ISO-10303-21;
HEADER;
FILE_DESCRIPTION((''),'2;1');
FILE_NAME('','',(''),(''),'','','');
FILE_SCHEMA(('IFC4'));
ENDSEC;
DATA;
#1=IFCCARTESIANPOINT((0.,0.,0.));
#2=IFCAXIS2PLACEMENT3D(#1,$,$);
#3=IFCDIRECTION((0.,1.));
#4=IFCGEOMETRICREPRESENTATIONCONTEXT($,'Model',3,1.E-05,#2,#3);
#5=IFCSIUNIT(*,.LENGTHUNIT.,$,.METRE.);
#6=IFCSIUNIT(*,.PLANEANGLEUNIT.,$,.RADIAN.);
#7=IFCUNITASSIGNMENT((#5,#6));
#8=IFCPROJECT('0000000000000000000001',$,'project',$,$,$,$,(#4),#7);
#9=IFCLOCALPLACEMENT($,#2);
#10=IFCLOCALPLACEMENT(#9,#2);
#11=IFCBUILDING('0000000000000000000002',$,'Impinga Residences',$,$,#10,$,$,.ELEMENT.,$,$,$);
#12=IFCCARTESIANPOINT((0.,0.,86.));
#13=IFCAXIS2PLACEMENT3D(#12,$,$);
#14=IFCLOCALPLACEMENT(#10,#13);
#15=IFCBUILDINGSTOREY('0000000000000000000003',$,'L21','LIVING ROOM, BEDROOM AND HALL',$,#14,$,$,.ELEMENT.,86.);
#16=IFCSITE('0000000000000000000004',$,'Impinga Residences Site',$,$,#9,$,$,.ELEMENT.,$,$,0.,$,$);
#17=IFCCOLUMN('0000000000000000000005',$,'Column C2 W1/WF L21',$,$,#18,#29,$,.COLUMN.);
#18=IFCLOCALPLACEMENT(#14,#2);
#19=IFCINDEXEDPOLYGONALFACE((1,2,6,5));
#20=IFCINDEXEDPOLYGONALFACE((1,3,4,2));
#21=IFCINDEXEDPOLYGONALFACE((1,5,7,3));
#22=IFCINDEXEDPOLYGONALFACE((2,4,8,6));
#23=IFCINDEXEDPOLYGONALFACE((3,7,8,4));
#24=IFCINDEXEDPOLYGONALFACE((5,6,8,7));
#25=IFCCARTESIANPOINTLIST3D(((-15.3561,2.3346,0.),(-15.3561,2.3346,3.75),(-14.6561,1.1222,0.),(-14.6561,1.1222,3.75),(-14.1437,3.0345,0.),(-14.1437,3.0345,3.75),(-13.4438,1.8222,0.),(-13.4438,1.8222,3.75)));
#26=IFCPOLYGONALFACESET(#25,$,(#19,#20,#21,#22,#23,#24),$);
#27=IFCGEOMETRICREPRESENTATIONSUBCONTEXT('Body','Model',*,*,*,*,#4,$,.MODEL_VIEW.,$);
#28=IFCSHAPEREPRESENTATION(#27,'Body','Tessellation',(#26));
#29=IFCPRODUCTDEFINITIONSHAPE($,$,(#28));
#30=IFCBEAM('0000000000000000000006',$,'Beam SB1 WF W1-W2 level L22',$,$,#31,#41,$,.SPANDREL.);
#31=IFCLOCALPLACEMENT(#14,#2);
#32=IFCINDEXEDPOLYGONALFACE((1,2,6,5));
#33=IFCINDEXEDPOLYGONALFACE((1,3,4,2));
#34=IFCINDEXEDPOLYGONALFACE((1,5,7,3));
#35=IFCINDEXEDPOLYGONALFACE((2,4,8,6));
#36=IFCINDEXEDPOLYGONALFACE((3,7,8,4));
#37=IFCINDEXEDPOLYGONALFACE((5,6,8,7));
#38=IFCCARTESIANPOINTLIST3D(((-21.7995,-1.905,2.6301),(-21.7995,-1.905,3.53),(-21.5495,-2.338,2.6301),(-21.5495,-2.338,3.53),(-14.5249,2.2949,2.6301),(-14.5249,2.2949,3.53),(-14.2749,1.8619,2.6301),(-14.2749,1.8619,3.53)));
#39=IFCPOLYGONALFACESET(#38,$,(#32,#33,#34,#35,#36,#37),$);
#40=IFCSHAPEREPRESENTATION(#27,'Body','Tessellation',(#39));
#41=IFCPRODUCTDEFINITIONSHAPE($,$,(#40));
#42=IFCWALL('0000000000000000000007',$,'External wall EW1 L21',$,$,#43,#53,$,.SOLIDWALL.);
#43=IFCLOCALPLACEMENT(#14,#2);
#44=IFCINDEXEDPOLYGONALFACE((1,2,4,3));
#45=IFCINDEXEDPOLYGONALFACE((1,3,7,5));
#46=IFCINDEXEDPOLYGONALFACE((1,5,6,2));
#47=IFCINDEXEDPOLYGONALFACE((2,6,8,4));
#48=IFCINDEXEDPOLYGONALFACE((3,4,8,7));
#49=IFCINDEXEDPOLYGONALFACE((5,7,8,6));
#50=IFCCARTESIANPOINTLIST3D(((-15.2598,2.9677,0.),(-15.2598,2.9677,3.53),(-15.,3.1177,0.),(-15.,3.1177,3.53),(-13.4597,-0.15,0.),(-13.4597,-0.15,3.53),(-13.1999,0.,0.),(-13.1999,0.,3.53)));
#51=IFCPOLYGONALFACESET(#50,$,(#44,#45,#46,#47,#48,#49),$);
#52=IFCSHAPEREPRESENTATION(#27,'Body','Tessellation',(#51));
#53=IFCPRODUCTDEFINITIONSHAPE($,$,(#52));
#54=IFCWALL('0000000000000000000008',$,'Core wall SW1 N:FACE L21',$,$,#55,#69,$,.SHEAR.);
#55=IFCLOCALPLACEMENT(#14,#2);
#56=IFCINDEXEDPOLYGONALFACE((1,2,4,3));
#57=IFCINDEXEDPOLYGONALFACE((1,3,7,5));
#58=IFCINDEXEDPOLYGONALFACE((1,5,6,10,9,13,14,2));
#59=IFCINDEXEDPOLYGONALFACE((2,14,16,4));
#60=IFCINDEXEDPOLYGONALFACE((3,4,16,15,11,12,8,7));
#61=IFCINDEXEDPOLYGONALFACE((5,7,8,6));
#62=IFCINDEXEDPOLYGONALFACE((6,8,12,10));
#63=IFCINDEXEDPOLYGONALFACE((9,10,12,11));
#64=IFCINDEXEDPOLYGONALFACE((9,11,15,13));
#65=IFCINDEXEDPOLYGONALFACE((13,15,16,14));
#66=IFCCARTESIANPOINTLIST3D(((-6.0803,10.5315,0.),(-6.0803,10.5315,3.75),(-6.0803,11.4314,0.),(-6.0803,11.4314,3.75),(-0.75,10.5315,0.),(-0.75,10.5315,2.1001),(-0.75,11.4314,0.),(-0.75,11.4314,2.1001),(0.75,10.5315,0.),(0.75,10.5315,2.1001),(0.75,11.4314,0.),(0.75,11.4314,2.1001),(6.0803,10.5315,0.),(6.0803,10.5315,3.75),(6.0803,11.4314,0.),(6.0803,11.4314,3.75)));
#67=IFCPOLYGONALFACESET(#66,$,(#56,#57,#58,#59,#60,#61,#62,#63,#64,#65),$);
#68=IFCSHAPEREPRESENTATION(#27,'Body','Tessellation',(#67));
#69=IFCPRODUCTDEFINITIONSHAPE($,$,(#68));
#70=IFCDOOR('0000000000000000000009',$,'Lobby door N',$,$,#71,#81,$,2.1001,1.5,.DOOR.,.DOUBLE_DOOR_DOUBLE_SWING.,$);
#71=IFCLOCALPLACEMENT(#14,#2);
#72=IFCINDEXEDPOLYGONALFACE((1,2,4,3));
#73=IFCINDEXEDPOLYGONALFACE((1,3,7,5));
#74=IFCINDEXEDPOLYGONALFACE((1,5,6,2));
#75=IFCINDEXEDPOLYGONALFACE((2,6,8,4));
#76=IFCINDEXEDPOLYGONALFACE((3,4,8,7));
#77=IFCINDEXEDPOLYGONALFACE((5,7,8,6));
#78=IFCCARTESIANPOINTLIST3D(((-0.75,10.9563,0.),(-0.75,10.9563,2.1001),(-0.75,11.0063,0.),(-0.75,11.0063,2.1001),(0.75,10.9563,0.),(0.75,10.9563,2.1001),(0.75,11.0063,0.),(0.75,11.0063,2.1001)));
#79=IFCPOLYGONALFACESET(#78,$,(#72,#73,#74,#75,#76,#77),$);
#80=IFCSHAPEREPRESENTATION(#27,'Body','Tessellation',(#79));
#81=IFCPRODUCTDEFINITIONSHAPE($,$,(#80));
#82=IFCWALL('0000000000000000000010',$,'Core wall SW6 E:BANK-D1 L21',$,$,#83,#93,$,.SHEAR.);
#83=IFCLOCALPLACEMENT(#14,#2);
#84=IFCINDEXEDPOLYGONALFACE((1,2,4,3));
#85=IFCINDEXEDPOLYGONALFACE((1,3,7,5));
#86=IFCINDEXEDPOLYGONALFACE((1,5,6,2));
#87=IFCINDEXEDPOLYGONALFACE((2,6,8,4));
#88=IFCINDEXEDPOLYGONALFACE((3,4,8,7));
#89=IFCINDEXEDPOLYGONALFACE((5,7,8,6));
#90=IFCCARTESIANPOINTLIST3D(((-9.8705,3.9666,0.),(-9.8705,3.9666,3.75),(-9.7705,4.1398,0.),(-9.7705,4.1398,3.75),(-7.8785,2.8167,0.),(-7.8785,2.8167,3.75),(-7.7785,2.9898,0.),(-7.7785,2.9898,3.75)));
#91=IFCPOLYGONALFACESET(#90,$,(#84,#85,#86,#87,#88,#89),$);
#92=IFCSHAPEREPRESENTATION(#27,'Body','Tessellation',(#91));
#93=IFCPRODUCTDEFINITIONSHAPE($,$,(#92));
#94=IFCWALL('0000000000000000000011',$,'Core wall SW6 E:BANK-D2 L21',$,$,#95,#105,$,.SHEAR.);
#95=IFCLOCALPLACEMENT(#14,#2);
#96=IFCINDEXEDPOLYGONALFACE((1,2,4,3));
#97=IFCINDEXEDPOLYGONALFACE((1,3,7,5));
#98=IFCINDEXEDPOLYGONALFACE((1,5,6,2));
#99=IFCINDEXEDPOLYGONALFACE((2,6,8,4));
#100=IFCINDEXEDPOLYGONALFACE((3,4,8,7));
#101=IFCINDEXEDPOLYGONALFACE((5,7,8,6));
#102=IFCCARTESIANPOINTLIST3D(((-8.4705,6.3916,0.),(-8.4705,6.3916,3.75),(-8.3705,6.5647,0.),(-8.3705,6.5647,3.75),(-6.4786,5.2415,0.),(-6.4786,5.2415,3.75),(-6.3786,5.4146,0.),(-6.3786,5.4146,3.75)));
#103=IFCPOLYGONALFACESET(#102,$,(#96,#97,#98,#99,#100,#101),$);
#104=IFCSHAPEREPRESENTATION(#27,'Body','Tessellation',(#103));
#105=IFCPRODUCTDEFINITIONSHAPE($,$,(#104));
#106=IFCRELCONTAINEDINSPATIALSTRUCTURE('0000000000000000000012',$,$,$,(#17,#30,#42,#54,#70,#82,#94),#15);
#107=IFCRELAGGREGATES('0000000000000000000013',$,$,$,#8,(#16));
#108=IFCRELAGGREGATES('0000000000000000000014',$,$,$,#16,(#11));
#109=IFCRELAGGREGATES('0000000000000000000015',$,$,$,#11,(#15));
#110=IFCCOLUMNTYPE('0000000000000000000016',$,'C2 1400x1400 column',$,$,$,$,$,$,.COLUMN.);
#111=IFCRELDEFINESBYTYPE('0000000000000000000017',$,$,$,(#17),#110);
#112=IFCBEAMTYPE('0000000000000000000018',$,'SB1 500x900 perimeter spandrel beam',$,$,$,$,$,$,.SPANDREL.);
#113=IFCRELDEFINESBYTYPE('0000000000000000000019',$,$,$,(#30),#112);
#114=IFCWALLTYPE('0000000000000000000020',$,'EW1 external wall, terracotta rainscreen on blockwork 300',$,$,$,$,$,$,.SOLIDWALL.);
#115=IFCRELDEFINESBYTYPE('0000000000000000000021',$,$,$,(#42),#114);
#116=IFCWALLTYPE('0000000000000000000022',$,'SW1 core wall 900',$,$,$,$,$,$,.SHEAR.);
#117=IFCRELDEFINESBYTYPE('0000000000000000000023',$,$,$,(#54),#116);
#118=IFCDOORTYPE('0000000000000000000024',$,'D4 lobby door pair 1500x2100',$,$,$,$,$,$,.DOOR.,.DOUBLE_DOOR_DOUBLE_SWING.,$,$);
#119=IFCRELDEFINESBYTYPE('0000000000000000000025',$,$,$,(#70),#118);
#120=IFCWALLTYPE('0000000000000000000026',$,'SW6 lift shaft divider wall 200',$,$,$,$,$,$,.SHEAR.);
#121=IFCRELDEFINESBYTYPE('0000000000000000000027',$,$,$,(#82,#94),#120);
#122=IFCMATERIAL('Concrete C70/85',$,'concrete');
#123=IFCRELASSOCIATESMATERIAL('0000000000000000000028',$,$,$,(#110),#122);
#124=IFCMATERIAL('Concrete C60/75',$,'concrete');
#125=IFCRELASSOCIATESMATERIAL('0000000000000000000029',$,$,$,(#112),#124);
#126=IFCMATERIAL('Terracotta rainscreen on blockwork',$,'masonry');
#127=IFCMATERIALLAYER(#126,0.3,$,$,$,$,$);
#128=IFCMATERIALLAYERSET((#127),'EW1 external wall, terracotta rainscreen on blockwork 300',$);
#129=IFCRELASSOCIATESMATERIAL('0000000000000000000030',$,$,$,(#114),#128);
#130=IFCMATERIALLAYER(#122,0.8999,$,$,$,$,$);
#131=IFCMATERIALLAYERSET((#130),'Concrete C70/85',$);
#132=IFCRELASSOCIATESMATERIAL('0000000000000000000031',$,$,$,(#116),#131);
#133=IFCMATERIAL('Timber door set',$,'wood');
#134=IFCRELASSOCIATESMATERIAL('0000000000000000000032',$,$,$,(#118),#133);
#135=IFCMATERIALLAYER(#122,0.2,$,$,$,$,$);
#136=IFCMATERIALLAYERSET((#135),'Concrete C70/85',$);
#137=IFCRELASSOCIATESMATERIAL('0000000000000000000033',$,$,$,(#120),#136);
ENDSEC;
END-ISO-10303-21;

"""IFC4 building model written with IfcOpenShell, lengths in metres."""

from ifc_helpers import new_model, si_unit, direction, frame, frame_2d, origin, origin_2d, place, context, subcontext, project, spatial, rectangle, extrude, material, layer, layer_set, material_profile, profile_set, type_object, element, fill, save


model = new_model("IFC4")

# Units and contexts
model_context = context("Model", 3, precision=1e-05, world=origin(), true_north=direction((0.0, 1.0)))
body_context = subcontext(model_context, "Body", "Model", "MODEL_VIEW")
ifc_project = project(units=[si_unit("LENGTHUNIT", "METRE"), si_unit("PLANEANGLEUNIT", "RADIAN")], contexts=[model_context])

# Site, building, storey
site_placement = place(None, origin())
site = spatial("IfcSite", under=ifc_project, at=site_placement, Name="Impinga Residences Site", CompositionType="ELEMENT", RefElevation=0.0)
building_placement = place(site_placement, origin())
building = spatial("IfcBuilding", under=site, at=building_placement, Name="Impinga Residences", CompositionType="ELEMENT")
storey_placement = place(building_placement, frame((0.0, 0.0, 86.0)))
storey = spatial("IfcBuildingStorey", under=building, at=storey_placement, Name="L21", Description="LIVING ROOM, BEDROOM AND HALL", CompositionType="ELEMENT", Elevation=86.0)

# Column
ifc_material_1 = material(Name="Concrete C70/85", Category="concrete")
ifc_material_profile_1 = material_profile(ifc_material_1, rectangle(XDim=1.3999, YDim=1.3999, at=origin_2d()), Name="RC 1400x1400")
ifc_profile_set_1 = profile_set([ifc_material_profile_1], Name="Concrete C70/85")
column_type = type_object("IfcColumnType", Name="C2 1400x1400 column", PredefinedType="COLUMN", material=ifc_profile_set_1)
column_placement = place(storey_placement, frame((-14.3999, 2.0784, 0.0), z_axis=(0.0, 0.0, 1.0), x_axis=(-0.5, 0.866025, 0.0)))
element("IfcColumn", 1, at=column_placement, inside=storey, type_object=column_type, Name="Column C2 W1/WF L21", PredefinedType="COLUMN", context=body_context, shape_type="SweptSolid", body=[
    extrude(rectangle(XDim=1.3999, YDim=1.3999, at=origin_2d()), origin(), (0.0, 0.0, 1.0), 3.75),
])

# Beam
ifc_material_2 = material(Name="Concrete C60/75", Category="concrete")
ifc_material_profile_2 = material_profile(ifc_material_2, rectangle(XDim=0.5, YDim=0.8999, at=origin_2d()), Name="RC 500x900")
ifc_profile_set_2 = profile_set([ifc_material_profile_2], Name="Concrete C60/75")
beam_type = type_object("IfcBeamType", Name="SB1 500x900 perimeter spandrel beam", PredefinedType="SPANDREL", material=ifc_profile_set_2)
beam_placement = place(storey_placement, frame((-14.3999, 2.0784, 3.0801), z_axis=(-0.866029, -0.499993, 0.0), x_axis=(0.499993, -0.866029, 0.0)))
element("IfcBeam", 2, at=beam_placement, inside=storey, type_object=beam_type, Name="Beam SB1 WF W1-W2 level L22", PredefinedType="SPANDREL", context=body_context, shape_type="SweptSolid", body=[
    extrude(rectangle(XDim=0.5, YDim=0.8999, at=origin_2d()), origin(), (0.0, 0.0, 1.0), 8.3999),
])

# Wall
ifc_material_3 = material(Name="Terracotta rainscreen on blockwork", Category="masonry")
ifc_layer_1 = layer(ifc_material_3, 0.3)
ifc_layer_set_1 = layer_set([ifc_layer_1], Name="EW1 external wall, terracotta rainscreen on blockwork 300")
wall_type_1 = type_object("IfcWallType", Name="EW1 external wall, terracotta rainscreen on blockwork 300", PredefinedType="SOLIDWALL", material=ifc_layer_set_1)
wall_1_placement = place(storey_placement, frame((-15.1299, 3.0427, 0.0), z_axis=(0.0, 0.0, 1.0), x_axis=(0.500012, -0.866018, 0.0)))
element("IfcWall", 3, at=wall_1_placement, inside=storey, type_object=wall_type_1, Name="External wall EW1 L21", PredefinedType="SOLIDWALL", context=body_context, shape_type="SweptSolid", body=[
    extrude(rectangle(XDim=3.6001, YDim=0.3, at=frame_2d((1.8, 0.0))), origin(), (0.0, 0.0, 1.0), 3.53),
])

# Wall, opening, door
ifc_layer_2 = layer(ifc_material_1, 0.8999)
ifc_layer_set_2 = layer_set([ifc_layer_2], Name="Concrete C70/85")
wall_type_2 = type_object("IfcWallType", Name="SW1 core wall 900", PredefinedType="SHEAR", material=ifc_layer_set_2)
wall_2_placement = place(storey_placement, frame((-6.0803, 10.9814, 0.0), z_axis=(0.0, 0.0, 1.0), x_axis=(1.0, 0.0, 0.0)))
wall_2 = element("IfcWall", 4, at=wall_2_placement, inside=storey, type_object=wall_type_2, Name="Core wall SW1 N:FACE L21", PredefinedType="SHEAR", context=body_context, shape_type="SweptSolid", body=[
    extrude(rectangle(XDim=12.1606, YDim=0.8999, at=frame_2d((6.0803, 0.0))), origin(), (0.0, 0.0, 1.0), 3.75),
])
opening_1_placement = place(wall_2_placement, frame((5.3303, 0.0, 0.0)))
opening_1 = element("IfcOpeningElement", 5, at=opening_1_placement, cuts=wall_2, PredefinedType="OPENING", context=body_context, shape_type="SweptSolid", body=[
    extrude(rectangle(XDim=1.5, YDim=2.1001, at=frame_2d((0.75, 1.05))), frame((0.0, 0.46, 0.0), z_axis=(0.0, -1.0, 0.0), x_axis=(1.0, 0.0, 0.0)), (0.0, 0.0, 1.0), 0.9199),
])
ifc_material_4 = material(Name="Timber door set", Category="wood")
door_type = type_object("IfcDoorType", Name="D4 lobby door pair 1500x2100", OperationType="DOUBLE_DOOR_DOUBLE_SWING", PredefinedType="DOOR", material=ifc_material_4)
door_placement = place(opening_1_placement, origin())
door = element("IfcDoor", 6, at=door_placement, inside=storey, type_object=door_type, Name="Lobby door N", OperationType="DOUBLE_DOOR_DOUBLE_SWING", OverallHeight=2.1001, OverallWidth=1.5, PredefinedType="DOOR", context=body_context, shape_type="SweptSolid", body=[
    extrude(rectangle(XDim=1.5, YDim=2.1001, at=frame_2d((0.75, 1.05))), frame((0.0, 0.0249, 0.0), z_axis=(0.0, -1.0, 0.0), x_axis=(1.0, 0.0, 0.0)), (0.0, 0.0, 1.0), 0.05),
])
fill(opening_1, door)

# Walls
ifc_layer_3 = layer(ifc_material_1, 0.2)
ifc_layer_set_3 = layer_set([ifc_layer_3], Name="Concrete C70/85")
wall_type_3 = type_object("IfcWallType", Name="SW6 lift shaft divider wall 200", PredefinedType="SHEAR", material=ifc_layer_set_3)
for number, where, z_axis, x_axis, name in (
    (7, (-7.8286, 2.9033, 0.0), (0.0, 0.0, 1.0), (-0.866053, 0.499952, 0.0), "Core wall SW6 E:BANK-D1 L21"),
    (8, (-6.4287, 5.3281, 0.0), (0.0, 0.0, 1.0), (-0.866007, 0.500032, 0.0), "Core wall SW6 E:BANK-D2 L21"),
):
    element("IfcWall", number, at=place(storey_placement, frame(where, z_axis=z_axis, x_axis=x_axis)), inside=storey, type_object=wall_type_3, Name=name, PredefinedType="SHEAR", context=body_context, shape_type="SweptSolid", body=[
        extrude(rectangle(XDim=2.3, YDim=0.2, at=frame_2d((1.1499, 0.0))), origin(), (0.0, 0.0, 1.0), 3.75),
    ])

save(model, "model.ifc")
